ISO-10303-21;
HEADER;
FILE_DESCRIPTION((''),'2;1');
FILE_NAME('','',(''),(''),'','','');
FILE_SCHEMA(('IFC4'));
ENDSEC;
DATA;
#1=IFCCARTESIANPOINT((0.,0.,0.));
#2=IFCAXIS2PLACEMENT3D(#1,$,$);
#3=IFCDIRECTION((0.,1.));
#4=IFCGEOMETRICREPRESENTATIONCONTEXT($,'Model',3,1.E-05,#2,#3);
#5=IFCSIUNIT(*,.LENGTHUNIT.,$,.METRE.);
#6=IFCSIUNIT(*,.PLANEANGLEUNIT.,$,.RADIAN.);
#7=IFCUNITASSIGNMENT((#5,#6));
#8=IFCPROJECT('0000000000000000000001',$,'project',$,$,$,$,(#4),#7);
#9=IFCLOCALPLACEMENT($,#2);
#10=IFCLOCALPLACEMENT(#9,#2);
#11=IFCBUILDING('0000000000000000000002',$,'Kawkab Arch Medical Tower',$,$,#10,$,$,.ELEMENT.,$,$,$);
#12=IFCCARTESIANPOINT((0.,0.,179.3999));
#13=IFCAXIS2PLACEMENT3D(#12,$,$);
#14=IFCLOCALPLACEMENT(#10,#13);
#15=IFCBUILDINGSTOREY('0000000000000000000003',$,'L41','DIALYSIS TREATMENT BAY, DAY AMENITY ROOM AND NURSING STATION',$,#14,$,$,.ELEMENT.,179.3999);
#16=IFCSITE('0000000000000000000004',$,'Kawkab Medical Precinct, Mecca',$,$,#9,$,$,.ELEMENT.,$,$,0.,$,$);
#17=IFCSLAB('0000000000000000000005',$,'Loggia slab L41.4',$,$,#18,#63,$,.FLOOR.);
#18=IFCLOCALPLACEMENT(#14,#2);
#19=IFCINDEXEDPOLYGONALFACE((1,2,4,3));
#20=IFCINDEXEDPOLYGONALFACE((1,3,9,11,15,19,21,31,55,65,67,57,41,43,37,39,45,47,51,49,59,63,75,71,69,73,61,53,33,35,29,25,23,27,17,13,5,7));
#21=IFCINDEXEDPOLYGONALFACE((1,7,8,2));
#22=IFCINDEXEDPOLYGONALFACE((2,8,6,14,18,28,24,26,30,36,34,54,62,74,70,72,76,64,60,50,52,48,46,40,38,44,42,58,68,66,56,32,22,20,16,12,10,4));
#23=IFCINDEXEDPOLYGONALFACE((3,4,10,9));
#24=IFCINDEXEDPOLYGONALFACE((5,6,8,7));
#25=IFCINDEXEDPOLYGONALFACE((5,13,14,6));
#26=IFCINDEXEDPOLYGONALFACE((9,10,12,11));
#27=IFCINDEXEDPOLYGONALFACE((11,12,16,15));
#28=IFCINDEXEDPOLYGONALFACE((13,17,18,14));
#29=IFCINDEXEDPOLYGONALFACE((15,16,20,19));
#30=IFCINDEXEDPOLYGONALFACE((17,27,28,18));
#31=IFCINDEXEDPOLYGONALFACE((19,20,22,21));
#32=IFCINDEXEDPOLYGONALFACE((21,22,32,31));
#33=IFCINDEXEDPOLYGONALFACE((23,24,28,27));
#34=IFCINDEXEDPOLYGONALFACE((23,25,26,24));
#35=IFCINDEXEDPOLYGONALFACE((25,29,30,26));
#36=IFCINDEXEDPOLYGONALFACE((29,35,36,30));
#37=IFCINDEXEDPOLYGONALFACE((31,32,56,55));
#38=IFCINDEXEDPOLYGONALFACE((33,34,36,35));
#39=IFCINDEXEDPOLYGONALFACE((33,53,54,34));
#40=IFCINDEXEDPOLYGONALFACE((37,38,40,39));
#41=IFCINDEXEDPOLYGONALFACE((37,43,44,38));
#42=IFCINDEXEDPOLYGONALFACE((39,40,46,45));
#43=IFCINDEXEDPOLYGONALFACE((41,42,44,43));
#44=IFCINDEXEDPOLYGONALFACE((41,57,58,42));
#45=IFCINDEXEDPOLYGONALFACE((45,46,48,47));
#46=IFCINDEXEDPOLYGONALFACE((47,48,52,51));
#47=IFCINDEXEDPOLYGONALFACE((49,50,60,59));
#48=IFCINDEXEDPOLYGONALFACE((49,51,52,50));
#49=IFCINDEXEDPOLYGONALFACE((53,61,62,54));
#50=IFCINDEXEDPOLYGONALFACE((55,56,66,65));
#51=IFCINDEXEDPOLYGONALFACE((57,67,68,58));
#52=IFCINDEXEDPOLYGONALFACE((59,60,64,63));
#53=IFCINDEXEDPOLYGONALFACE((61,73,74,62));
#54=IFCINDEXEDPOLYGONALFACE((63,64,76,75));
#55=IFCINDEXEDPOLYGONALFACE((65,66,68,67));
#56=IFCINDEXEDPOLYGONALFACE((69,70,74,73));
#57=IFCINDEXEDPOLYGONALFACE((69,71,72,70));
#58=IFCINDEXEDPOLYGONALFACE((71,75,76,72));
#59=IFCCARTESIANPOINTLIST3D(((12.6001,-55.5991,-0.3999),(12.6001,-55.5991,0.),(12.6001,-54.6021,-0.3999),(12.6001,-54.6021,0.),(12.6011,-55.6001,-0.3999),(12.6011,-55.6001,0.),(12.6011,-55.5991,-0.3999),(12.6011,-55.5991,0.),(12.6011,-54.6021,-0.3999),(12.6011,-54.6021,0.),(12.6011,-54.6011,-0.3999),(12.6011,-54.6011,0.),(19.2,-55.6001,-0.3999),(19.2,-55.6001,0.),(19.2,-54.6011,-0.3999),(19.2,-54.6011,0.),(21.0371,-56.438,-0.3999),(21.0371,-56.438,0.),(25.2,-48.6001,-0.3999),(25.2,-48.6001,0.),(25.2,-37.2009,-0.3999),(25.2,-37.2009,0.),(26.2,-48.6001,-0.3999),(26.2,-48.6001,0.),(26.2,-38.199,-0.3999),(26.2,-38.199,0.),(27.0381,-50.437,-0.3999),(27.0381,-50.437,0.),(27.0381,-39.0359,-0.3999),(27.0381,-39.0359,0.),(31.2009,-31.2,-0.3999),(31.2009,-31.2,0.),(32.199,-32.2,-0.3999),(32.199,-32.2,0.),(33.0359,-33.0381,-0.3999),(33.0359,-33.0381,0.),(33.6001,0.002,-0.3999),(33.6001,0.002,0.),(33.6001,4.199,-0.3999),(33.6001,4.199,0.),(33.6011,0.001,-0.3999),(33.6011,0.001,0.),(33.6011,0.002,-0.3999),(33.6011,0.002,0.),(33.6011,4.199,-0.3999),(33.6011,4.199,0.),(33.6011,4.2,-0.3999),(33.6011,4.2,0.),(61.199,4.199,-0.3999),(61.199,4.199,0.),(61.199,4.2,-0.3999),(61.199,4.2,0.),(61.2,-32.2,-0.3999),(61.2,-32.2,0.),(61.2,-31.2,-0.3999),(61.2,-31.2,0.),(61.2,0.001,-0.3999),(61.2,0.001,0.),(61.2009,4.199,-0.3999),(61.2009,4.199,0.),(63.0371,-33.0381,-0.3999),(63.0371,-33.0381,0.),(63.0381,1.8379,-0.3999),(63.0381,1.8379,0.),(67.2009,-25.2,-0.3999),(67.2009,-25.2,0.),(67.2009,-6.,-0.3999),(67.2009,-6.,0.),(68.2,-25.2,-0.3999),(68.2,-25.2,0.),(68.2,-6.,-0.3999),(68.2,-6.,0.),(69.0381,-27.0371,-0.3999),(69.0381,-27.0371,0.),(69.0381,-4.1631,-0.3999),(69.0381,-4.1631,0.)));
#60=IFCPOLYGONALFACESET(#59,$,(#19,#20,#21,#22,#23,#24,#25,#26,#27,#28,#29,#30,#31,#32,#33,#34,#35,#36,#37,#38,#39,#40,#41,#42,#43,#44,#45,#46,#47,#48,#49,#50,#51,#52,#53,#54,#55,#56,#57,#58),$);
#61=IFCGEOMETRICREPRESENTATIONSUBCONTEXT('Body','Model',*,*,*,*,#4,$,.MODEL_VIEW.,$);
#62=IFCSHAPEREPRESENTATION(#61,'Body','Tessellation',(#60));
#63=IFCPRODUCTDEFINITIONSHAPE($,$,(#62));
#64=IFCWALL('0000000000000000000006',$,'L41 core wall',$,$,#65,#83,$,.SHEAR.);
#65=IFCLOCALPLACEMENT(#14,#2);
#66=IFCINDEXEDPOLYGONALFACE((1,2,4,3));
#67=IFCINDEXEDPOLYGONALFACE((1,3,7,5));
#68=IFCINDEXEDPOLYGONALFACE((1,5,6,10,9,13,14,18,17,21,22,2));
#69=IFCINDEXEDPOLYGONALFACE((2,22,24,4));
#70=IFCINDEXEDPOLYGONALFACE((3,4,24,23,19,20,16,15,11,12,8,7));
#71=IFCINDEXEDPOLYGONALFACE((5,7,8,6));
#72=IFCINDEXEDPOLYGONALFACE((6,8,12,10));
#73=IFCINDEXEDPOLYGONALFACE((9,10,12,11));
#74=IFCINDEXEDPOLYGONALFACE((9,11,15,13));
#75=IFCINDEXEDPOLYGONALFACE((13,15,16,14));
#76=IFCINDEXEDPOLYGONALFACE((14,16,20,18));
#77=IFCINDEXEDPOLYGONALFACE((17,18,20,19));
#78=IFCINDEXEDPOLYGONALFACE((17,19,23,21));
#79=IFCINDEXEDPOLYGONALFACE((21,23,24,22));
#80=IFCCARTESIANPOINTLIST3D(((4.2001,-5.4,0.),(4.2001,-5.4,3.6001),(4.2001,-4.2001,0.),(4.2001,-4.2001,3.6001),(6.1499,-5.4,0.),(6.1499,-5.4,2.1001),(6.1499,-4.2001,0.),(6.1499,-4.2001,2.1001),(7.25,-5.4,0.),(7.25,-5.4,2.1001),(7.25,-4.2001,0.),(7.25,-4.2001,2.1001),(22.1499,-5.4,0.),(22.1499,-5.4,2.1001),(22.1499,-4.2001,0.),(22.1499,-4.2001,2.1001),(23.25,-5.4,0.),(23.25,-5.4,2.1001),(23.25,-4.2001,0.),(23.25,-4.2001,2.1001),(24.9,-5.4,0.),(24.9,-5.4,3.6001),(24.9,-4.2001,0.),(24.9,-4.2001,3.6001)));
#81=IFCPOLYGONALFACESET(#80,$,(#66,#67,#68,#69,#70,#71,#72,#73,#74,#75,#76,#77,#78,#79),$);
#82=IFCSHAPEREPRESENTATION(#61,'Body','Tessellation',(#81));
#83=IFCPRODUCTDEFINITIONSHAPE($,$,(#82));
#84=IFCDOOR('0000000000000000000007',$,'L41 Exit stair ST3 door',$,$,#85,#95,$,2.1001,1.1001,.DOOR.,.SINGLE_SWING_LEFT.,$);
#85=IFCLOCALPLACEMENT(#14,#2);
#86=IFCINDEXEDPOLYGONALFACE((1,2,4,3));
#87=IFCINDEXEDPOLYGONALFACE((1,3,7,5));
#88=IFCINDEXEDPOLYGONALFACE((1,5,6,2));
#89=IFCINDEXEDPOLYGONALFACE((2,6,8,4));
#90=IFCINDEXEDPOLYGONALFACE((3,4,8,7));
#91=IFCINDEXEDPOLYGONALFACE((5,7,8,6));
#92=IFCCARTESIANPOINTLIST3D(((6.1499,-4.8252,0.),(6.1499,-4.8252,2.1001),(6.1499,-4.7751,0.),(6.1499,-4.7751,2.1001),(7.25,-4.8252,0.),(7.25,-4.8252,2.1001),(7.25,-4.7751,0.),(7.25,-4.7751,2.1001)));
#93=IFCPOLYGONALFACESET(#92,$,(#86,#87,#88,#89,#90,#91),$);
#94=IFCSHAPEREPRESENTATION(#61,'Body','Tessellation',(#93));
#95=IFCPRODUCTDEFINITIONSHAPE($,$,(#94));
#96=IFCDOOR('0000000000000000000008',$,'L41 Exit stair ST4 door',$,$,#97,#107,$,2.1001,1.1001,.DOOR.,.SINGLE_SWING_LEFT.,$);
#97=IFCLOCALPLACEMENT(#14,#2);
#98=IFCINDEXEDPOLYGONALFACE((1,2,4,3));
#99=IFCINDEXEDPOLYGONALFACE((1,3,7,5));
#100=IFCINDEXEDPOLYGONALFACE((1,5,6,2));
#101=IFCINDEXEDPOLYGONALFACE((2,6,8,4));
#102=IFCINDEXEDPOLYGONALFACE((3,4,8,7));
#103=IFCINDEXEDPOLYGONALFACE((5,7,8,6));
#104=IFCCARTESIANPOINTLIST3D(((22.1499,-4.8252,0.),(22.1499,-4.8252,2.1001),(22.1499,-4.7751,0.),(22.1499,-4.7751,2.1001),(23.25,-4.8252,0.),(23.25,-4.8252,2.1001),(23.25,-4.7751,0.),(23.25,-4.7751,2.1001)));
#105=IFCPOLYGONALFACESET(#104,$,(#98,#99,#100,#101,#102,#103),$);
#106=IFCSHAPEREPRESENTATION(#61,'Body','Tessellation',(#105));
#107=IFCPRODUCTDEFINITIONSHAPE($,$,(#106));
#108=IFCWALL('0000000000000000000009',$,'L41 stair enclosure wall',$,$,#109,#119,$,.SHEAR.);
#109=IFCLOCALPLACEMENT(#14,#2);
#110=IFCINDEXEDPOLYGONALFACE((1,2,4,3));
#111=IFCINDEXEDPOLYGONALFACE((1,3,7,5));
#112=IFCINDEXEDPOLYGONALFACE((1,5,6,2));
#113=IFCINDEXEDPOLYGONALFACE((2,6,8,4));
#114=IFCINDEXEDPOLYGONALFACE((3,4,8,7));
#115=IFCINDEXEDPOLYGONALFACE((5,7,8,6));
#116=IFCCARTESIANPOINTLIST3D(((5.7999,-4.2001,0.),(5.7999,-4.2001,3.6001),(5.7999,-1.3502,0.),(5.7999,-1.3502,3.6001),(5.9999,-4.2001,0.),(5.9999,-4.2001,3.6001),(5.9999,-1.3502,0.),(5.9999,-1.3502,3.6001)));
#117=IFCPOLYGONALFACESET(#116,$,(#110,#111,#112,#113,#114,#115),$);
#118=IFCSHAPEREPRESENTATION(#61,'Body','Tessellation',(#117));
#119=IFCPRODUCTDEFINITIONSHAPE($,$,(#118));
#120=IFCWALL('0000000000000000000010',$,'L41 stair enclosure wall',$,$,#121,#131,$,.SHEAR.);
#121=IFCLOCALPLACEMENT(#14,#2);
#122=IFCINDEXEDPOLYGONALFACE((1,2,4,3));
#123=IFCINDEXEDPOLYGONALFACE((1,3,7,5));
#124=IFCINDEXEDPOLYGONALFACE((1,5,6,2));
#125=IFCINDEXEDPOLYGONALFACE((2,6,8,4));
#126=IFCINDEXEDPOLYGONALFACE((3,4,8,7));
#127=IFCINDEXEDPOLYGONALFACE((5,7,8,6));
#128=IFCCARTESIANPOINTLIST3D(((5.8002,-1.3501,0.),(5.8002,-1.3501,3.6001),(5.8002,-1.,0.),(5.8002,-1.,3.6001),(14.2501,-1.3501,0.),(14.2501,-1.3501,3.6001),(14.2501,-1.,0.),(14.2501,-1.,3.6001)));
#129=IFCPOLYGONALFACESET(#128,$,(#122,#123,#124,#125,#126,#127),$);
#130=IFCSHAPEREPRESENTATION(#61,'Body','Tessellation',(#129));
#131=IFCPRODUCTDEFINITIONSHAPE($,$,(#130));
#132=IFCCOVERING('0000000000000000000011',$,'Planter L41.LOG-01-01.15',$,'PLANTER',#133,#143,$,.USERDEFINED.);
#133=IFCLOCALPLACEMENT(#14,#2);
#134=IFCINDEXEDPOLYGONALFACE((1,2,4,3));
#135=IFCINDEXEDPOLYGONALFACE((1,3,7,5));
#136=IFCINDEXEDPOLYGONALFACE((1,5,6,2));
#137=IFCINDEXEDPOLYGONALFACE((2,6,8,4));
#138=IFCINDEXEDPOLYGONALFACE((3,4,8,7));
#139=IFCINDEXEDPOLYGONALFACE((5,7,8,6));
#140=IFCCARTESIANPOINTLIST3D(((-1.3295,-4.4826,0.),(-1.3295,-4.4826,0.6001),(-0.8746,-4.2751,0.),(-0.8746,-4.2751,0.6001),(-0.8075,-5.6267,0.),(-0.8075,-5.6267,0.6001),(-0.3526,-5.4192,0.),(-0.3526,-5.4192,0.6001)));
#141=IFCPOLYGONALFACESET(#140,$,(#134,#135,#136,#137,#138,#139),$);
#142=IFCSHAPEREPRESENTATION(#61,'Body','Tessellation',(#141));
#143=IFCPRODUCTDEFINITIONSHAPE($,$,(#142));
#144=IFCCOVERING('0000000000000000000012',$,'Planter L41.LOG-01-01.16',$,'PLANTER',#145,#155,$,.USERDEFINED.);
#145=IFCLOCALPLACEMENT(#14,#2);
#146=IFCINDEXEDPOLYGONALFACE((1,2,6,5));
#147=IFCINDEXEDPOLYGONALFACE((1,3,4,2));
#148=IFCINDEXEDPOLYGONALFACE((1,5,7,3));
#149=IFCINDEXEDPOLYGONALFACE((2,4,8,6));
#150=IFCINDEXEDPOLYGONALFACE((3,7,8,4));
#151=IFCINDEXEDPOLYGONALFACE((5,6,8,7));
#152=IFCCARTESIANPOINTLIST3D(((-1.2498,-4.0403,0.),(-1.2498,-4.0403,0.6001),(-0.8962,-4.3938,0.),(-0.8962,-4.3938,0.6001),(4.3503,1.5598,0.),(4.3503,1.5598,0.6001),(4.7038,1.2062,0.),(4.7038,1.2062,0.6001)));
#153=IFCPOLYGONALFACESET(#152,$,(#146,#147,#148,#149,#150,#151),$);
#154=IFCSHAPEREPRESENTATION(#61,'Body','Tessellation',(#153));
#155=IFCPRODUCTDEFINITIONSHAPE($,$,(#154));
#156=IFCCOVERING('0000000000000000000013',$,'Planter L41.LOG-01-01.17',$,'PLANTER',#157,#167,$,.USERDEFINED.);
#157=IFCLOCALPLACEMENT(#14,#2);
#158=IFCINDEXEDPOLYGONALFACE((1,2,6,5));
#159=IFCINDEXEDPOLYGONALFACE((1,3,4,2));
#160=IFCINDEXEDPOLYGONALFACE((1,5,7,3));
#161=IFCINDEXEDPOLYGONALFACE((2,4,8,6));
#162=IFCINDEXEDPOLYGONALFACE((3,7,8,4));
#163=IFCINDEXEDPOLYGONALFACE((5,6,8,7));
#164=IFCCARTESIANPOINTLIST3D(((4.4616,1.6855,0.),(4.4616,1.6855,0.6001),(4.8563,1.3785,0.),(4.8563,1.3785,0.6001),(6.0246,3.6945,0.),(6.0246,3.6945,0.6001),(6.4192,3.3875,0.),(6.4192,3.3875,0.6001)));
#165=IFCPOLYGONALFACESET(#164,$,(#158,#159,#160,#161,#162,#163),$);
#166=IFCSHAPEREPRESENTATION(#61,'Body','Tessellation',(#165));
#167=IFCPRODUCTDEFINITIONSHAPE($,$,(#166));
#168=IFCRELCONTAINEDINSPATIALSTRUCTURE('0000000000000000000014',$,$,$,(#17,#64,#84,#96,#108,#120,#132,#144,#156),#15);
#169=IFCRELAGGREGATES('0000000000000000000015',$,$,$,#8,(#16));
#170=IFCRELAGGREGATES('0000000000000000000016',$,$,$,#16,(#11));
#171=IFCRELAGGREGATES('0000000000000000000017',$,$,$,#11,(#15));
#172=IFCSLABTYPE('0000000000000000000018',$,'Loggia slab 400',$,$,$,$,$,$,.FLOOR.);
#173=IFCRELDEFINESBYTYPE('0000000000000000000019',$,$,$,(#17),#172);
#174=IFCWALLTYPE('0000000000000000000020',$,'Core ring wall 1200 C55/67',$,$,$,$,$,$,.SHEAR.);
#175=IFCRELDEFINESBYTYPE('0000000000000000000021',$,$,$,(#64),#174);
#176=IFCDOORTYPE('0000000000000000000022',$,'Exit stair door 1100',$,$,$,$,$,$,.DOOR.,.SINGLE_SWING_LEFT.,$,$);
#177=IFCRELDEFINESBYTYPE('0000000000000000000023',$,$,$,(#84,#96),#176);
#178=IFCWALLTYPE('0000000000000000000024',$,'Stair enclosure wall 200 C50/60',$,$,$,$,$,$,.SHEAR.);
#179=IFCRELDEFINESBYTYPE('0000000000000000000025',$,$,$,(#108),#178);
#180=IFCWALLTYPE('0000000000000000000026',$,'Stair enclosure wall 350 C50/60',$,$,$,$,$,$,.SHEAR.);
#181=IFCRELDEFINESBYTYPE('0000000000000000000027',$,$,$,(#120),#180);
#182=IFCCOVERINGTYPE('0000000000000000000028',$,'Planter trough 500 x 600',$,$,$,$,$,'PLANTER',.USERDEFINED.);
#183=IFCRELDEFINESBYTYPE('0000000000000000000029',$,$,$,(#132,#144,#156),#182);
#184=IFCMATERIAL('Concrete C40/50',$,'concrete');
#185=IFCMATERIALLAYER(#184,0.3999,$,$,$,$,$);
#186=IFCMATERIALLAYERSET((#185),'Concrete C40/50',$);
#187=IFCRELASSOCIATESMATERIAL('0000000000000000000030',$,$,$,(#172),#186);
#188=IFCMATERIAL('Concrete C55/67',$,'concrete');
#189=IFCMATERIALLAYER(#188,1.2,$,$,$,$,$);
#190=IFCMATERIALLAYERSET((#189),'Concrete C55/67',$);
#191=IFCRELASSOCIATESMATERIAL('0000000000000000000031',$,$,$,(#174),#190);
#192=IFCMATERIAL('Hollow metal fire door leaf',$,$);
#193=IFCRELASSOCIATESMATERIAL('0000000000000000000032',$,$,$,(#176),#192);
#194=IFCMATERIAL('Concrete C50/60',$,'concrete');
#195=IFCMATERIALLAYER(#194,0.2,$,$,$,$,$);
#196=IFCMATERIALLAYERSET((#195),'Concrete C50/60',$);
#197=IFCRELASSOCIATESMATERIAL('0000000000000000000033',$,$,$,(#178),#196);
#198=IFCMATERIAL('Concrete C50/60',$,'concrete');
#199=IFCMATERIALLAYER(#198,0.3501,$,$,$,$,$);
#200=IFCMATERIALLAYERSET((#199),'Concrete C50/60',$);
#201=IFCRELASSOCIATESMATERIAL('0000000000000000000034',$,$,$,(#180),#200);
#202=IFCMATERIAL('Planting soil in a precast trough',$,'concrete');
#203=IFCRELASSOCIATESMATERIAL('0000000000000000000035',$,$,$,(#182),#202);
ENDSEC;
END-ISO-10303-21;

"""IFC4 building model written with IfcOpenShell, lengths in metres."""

from ifc_helpers import new_model, si_unit, direction, frame, frame_2d, origin, origin_2d, place, context, subcontext, project, spatial, polyline, rectangle, outline, extrude, material, layer, layer_set, material_profile, profile_set, type_object, element, fill, save


model = new_model("IFC4")

# Units and contexts
model_context = context("Model", 3, precision=1e-05, world=origin(), true_north=direction((0.0, 1.0)))
body_context = subcontext(model_context, "Body", "Model", "MODEL_VIEW")
ifc_project = project(units=[si_unit("LENGTHUNIT", "METRE"), si_unit("PLANEANGLEUNIT", "RADIAN")], contexts=[model_context])

# Site, building, storey
site_placement = place(None, origin())
site = spatial("IfcSite", under=ifc_project, at=site_placement, Name="Kawkab Medical Precinct, Mecca", CompositionType="ELEMENT", RefElevation=0.0)
building_placement = place(site_placement, origin())
building = spatial("IfcBuilding", under=site, at=building_placement, Name="Kawkab Arch Medical Tower", CompositionType="ELEMENT")
storey_placement = place(building_placement, frame((0.0, 0.0, 179.3999)))
storey = spatial("IfcBuildingStorey", under=building, at=storey_placement, Name="L41", Description="DIALYSIS TREATMENT BAY, DAY AMENITY ROOM AND NURSING STATION", CompositionType="ELEMENT", Elevation=179.3999)

# Slab
ifc_material_1 = material(Name="Concrete C40/50", Category="concrete")
ifc_layer_1 = layer(ifc_material_1, 0.3999)
ifc_layer_set_1 = layer_set([ifc_layer_1], Name="Concrete C40/50")
slab_type_1 = type_object("IfcSlabType", Name="Loggia slab 400", PredefinedType="FLOOR", material=ifc_layer_set_1)
placement_1 = place(storey_placement, frame((0.0, 0.0, -0.3999)))
element("IfcSlab", 1, at=placement_1, inside=storey, type_object=slab_type_1, Name="Loggia slab L41.4", PredefinedType="FLOOR", context=body_context, shape_type="SweptSolid", body=[
    extrude(outline(polyline([(12.6011, -55.6001), (12.6011, -55.5991), (12.6001, -55.5991), (12.6001, -54.6021), (12.6011, -54.6021), (12.6011, -54.6011), (19.2, -54.6011), (25.2, -48.6001), (25.2, -37.2009), (31.2009, -31.2), (61.2, -31.2), (67.2009, -25.2), (67.2009, -6.0), (61.2, 0.001), (33.6011, 0.001), (33.6011, 0.002), (33.6001, 0.002), (33.6001, 4.199), (33.6011, 4.199), (33.6011, 4.2), (61.199, 4.2), (61.199, 4.199), (61.2009, 4.199), (63.0381, 1.8379), (69.0381, -4.1631), (68.2, -6.0), (68.2, -25.2), (69.0381, -27.0371), (63.0371, -33.0381), (61.2, -32.2), (32.199, -32.2), (33.0359, -33.0381), (27.0381, -39.0359), (26.2, -38.199), (26.2, -48.6001), (27.0381, -50.437), (21.0371, -56.438), (19.2, -55.6001), (12.6011, -55.6001)])), origin(), (0.0, 0.0, 1.0), 0.3999),
])

# Wall, openings, doors
ifc_material_2 = material(Name="Concrete C55/67", Category="concrete")
ifc_layer_2 = layer(ifc_material_2, 1.2)
ifc_layer_set_2 = layer_set([ifc_layer_2], Name="Concrete C55/67")
wall_type_1 = type_object("IfcWallType", Name="Core ring wall 1200 C55/67", PredefinedType="SHEAR", material=ifc_layer_set_2)
wall_1_placement = place(storey_placement, frame((4.2, -4.8, 0.0), z_axis=(0.0, 0.0, 1.0), x_axis=(1.0, 0.0, 0.0)))
wall_1 = element("IfcWall", 2, at=wall_1_placement, inside=storey, type_object=wall_type_1, Name="L41 core wall", PredefinedType="SHEAR", context=body_context, shape_type="SweptSolid", body=[
    extrude(rectangle(XDim=20.7, YDim=1.2, at=frame_2d((10.3501, 0.0))), origin(), (0.0, 0.0, 1.0), 3.6001),
])
opening_1_placement = place(wall_1_placement, frame((1.95, 0.0, 0.0)))
opening_1 = element("IfcOpeningElement", 3, at=opening_1_placement, cuts=wall_1, PredefinedType="OPENING", context=body_context, shape_type="SweptSolid", body=[
    extrude(rectangle(XDim=1.1001, YDim=2.1001, at=frame_2d((0.55, 1.05))), frame((0.0, 0.6099, 0.0), z_axis=(0.0, -1.0, 0.0), x_axis=(1.0, 0.0, 0.0)), (0.0, 0.0, 1.0), 1.22),
])
opening_2_placement = place(wall_1_placement, frame((17.95, 0.0, 0.0)))
opening_2 = element("IfcOpeningElement", 4, at=opening_2_placement, cuts=wall_1, PredefinedType="OPENING", context=body_context, shape_type="SweptSolid", body=[
    extrude(rectangle(XDim=1.1001, YDim=2.1001, at=frame_2d((0.55, 1.05))), frame((0.0, 0.6099, 0.0), z_axis=(0.0, -1.0, 0.0), x_axis=(1.0, 0.0, 0.0)), (0.0, 0.0, 1.0), 1.22),
])
ifc_material_3 = material(Name="Hollow metal fire door leaf")
door_type = type_object("IfcDoorType", Name="Exit stair door 1100", OperationType="SINGLE_SWING_LEFT", PredefinedType="DOOR", material=ifc_material_3)
door_1_placement = place(opening_1_placement, origin())
door_1 = element("IfcDoor", 5, at=door_1_placement, inside=storey, type_object=door_type, Name="L41 Exit stair ST3 door", OperationType="SINGLE_SWING_LEFT", OverallHeight=2.1001, OverallWidth=1.1001, PredefinedType="DOOR", context=body_context, shape_type="SweptSolid", body=[
    extrude(rectangle(XDim=1.1001, YDim=2.1001, at=frame_2d((0.55, 1.05))), frame((0.0, 0.0249, 0.0), z_axis=(0.0, -1.0, 0.0), x_axis=(1.0, 0.0, 0.0)), (0.0, 0.0, 1.0), 0.05),
])
fill(opening_1, door_1)
door_2_placement = place(opening_2_placement, origin())
door_2 = element("IfcDoor", 6, at=door_2_placement, inside=storey, type_object=door_type, Name="L41 Exit stair ST4 door", OperationType="SINGLE_SWING_LEFT", OverallHeight=2.1001, OverallWidth=1.1001, PredefinedType="DOOR", context=body_context, shape_type="SweptSolid", body=[
    extrude(rectangle(XDim=1.1001, YDim=2.1001, at=frame_2d((0.55, 1.05))), frame((0.0, 0.0249, 0.0), z_axis=(0.0, -1.0, 0.0), x_axis=(1.0, 0.0, 0.0)), (0.0, 0.0, 1.0), 0.05),
])
fill(opening_2, door_2)

# Walls
ifc_material_4 = material(Name="Concrete C50/60", Category="concrete")
ifc_layer_3 = layer(ifc_material_4, 0.2)
ifc_layer_set_3 = layer_set([ifc_layer_3], Name="Concrete C50/60")
wall_type_2 = type_object("IfcWallType", Name="Stair enclosure wall 200 C50/60", PredefinedType="SHEAR", material=ifc_layer_set_3)
wall_2_placement = place(storey_placement, frame((5.8999, -4.2, 0.0), z_axis=(0.0, 0.0, 1.0), x_axis=(0.0, 1.0, 0.0)))
element("IfcWall", 7, at=wall_2_placement, inside=storey, type_object=wall_type_2, Name="L41 stair enclosure wall", PredefinedType="SHEAR", context=body_context, shape_type="SweptSolid", body=[
    extrude(rectangle(XDim=2.8499, YDim=0.2, at=frame_2d((1.4248, 0.0))), origin(), (0.0, 0.0, 1.0), 3.6001),
])
ifc_material_5 = material(Name="Concrete C50/60", Category="concrete")
ifc_layer_4 = layer(ifc_material_5, 0.3501)
ifc_layer_set_4 = layer_set([ifc_layer_4], Name="Concrete C50/60")
wall_type_3 = type_object("IfcWallType", Name="Stair enclosure wall 350 C50/60", PredefinedType="SHEAR", material=ifc_layer_set_4)
wall_3_placement = place(storey_placement, frame((5.8, -1.175, 0.0), z_axis=(0.0, 0.0, 1.0), x_axis=(1.0, 0.0, 0.0)))
element("IfcWall", 8, at=wall_3_placement, inside=storey, type_object=wall_type_3, Name="L41 stair enclosure wall", PredefinedType="SHEAR", context=body_context, shape_type="SweptSolid", body=[
    extrude(rectangle(XDim=8.45, YDim=0.3501, at=frame_2d((4.2251, 0.0))), origin(), (0.0, 0.0, 1.0), 3.6001),
])

# Coverings
ifc_material_6 = material(Name="Planting soil in a precast trough", Category="concrete")
ifc_material_profile_1 = material_profile(ifc_material_6, rectangle(XDim=0.5, YDim=0.6001, at=origin_2d()), Name="Trough 500x600")
ifc_profile_set_1 = profile_set([ifc_material_profile_1], Name="Planting soil in a precast trough")
covering_type = type_object("IfcCoveringType", Name="Planter trough 500 x 600", ElementType="PLANTER", PredefinedType="USERDEFINED", material=ifc_profile_set_1)
covering_1_placement = place(storey_placement, frame((-0.5801, -5.5229, 0.3), z_axis=(-0.41509, 0.90978, 0.0), x_axis=(-0.90978, -0.41509, 0.0)))
element("IfcCovering", 9, at=covering_1_placement, inside=storey, type_object=covering_type, Name="Planter L41.LOG-01-01.15", ObjectType="PLANTER", PredefinedType="USERDEFINED", context=body_context, shape_type="SweptSolid", body=[
    extrude(rectangle(XDim=0.5, YDim=0.6001, at=origin_2d()), origin(), (0.0, 0.0, 1.0), 1.2576),
])
covering_2_placement = place(storey_placement, frame((-1.073, -4.217, 0.3), z_axis=(0.707107, 0.707107, 0.0), x_axis=(-0.707107, 0.707107, 0.0)))
element("IfcCovering", 10, at=covering_2_placement, inside=storey, type_object=covering_type, Name="Planter L41.LOG-01-01.16", ObjectType="PLANTER", PredefinedType="USERDEFINED", context=body_context, shape_type="SweptSolid", body=[
    extrude(rectangle(XDim=0.5, YDim=0.6001, at=origin_2d()), origin(), (0.0, 0.0, 1.0), 7.9197),
])
covering_3_placement = place(storey_placement, frame((4.6589, 1.532, 0.3), z_axis=(0.61404, 0.789275, 0.0), x_axis=(-0.789275, 0.61404, 0.0)))
element("IfcCovering", 11, at=covering_3_placement, inside=storey, type_object=covering_type, Name="Planter L41.LOG-01-01.17", ObjectType="PLANTER", PredefinedType="USERDEFINED", context=body_context, shape_type="SweptSolid", body=[
    extrude(rectangle(XDim=0.5, YDim=0.6001, at=origin_2d()), origin(), (0.0, 0.0, 1.0), 2.5454),
])

save(model, "model.ifc")
